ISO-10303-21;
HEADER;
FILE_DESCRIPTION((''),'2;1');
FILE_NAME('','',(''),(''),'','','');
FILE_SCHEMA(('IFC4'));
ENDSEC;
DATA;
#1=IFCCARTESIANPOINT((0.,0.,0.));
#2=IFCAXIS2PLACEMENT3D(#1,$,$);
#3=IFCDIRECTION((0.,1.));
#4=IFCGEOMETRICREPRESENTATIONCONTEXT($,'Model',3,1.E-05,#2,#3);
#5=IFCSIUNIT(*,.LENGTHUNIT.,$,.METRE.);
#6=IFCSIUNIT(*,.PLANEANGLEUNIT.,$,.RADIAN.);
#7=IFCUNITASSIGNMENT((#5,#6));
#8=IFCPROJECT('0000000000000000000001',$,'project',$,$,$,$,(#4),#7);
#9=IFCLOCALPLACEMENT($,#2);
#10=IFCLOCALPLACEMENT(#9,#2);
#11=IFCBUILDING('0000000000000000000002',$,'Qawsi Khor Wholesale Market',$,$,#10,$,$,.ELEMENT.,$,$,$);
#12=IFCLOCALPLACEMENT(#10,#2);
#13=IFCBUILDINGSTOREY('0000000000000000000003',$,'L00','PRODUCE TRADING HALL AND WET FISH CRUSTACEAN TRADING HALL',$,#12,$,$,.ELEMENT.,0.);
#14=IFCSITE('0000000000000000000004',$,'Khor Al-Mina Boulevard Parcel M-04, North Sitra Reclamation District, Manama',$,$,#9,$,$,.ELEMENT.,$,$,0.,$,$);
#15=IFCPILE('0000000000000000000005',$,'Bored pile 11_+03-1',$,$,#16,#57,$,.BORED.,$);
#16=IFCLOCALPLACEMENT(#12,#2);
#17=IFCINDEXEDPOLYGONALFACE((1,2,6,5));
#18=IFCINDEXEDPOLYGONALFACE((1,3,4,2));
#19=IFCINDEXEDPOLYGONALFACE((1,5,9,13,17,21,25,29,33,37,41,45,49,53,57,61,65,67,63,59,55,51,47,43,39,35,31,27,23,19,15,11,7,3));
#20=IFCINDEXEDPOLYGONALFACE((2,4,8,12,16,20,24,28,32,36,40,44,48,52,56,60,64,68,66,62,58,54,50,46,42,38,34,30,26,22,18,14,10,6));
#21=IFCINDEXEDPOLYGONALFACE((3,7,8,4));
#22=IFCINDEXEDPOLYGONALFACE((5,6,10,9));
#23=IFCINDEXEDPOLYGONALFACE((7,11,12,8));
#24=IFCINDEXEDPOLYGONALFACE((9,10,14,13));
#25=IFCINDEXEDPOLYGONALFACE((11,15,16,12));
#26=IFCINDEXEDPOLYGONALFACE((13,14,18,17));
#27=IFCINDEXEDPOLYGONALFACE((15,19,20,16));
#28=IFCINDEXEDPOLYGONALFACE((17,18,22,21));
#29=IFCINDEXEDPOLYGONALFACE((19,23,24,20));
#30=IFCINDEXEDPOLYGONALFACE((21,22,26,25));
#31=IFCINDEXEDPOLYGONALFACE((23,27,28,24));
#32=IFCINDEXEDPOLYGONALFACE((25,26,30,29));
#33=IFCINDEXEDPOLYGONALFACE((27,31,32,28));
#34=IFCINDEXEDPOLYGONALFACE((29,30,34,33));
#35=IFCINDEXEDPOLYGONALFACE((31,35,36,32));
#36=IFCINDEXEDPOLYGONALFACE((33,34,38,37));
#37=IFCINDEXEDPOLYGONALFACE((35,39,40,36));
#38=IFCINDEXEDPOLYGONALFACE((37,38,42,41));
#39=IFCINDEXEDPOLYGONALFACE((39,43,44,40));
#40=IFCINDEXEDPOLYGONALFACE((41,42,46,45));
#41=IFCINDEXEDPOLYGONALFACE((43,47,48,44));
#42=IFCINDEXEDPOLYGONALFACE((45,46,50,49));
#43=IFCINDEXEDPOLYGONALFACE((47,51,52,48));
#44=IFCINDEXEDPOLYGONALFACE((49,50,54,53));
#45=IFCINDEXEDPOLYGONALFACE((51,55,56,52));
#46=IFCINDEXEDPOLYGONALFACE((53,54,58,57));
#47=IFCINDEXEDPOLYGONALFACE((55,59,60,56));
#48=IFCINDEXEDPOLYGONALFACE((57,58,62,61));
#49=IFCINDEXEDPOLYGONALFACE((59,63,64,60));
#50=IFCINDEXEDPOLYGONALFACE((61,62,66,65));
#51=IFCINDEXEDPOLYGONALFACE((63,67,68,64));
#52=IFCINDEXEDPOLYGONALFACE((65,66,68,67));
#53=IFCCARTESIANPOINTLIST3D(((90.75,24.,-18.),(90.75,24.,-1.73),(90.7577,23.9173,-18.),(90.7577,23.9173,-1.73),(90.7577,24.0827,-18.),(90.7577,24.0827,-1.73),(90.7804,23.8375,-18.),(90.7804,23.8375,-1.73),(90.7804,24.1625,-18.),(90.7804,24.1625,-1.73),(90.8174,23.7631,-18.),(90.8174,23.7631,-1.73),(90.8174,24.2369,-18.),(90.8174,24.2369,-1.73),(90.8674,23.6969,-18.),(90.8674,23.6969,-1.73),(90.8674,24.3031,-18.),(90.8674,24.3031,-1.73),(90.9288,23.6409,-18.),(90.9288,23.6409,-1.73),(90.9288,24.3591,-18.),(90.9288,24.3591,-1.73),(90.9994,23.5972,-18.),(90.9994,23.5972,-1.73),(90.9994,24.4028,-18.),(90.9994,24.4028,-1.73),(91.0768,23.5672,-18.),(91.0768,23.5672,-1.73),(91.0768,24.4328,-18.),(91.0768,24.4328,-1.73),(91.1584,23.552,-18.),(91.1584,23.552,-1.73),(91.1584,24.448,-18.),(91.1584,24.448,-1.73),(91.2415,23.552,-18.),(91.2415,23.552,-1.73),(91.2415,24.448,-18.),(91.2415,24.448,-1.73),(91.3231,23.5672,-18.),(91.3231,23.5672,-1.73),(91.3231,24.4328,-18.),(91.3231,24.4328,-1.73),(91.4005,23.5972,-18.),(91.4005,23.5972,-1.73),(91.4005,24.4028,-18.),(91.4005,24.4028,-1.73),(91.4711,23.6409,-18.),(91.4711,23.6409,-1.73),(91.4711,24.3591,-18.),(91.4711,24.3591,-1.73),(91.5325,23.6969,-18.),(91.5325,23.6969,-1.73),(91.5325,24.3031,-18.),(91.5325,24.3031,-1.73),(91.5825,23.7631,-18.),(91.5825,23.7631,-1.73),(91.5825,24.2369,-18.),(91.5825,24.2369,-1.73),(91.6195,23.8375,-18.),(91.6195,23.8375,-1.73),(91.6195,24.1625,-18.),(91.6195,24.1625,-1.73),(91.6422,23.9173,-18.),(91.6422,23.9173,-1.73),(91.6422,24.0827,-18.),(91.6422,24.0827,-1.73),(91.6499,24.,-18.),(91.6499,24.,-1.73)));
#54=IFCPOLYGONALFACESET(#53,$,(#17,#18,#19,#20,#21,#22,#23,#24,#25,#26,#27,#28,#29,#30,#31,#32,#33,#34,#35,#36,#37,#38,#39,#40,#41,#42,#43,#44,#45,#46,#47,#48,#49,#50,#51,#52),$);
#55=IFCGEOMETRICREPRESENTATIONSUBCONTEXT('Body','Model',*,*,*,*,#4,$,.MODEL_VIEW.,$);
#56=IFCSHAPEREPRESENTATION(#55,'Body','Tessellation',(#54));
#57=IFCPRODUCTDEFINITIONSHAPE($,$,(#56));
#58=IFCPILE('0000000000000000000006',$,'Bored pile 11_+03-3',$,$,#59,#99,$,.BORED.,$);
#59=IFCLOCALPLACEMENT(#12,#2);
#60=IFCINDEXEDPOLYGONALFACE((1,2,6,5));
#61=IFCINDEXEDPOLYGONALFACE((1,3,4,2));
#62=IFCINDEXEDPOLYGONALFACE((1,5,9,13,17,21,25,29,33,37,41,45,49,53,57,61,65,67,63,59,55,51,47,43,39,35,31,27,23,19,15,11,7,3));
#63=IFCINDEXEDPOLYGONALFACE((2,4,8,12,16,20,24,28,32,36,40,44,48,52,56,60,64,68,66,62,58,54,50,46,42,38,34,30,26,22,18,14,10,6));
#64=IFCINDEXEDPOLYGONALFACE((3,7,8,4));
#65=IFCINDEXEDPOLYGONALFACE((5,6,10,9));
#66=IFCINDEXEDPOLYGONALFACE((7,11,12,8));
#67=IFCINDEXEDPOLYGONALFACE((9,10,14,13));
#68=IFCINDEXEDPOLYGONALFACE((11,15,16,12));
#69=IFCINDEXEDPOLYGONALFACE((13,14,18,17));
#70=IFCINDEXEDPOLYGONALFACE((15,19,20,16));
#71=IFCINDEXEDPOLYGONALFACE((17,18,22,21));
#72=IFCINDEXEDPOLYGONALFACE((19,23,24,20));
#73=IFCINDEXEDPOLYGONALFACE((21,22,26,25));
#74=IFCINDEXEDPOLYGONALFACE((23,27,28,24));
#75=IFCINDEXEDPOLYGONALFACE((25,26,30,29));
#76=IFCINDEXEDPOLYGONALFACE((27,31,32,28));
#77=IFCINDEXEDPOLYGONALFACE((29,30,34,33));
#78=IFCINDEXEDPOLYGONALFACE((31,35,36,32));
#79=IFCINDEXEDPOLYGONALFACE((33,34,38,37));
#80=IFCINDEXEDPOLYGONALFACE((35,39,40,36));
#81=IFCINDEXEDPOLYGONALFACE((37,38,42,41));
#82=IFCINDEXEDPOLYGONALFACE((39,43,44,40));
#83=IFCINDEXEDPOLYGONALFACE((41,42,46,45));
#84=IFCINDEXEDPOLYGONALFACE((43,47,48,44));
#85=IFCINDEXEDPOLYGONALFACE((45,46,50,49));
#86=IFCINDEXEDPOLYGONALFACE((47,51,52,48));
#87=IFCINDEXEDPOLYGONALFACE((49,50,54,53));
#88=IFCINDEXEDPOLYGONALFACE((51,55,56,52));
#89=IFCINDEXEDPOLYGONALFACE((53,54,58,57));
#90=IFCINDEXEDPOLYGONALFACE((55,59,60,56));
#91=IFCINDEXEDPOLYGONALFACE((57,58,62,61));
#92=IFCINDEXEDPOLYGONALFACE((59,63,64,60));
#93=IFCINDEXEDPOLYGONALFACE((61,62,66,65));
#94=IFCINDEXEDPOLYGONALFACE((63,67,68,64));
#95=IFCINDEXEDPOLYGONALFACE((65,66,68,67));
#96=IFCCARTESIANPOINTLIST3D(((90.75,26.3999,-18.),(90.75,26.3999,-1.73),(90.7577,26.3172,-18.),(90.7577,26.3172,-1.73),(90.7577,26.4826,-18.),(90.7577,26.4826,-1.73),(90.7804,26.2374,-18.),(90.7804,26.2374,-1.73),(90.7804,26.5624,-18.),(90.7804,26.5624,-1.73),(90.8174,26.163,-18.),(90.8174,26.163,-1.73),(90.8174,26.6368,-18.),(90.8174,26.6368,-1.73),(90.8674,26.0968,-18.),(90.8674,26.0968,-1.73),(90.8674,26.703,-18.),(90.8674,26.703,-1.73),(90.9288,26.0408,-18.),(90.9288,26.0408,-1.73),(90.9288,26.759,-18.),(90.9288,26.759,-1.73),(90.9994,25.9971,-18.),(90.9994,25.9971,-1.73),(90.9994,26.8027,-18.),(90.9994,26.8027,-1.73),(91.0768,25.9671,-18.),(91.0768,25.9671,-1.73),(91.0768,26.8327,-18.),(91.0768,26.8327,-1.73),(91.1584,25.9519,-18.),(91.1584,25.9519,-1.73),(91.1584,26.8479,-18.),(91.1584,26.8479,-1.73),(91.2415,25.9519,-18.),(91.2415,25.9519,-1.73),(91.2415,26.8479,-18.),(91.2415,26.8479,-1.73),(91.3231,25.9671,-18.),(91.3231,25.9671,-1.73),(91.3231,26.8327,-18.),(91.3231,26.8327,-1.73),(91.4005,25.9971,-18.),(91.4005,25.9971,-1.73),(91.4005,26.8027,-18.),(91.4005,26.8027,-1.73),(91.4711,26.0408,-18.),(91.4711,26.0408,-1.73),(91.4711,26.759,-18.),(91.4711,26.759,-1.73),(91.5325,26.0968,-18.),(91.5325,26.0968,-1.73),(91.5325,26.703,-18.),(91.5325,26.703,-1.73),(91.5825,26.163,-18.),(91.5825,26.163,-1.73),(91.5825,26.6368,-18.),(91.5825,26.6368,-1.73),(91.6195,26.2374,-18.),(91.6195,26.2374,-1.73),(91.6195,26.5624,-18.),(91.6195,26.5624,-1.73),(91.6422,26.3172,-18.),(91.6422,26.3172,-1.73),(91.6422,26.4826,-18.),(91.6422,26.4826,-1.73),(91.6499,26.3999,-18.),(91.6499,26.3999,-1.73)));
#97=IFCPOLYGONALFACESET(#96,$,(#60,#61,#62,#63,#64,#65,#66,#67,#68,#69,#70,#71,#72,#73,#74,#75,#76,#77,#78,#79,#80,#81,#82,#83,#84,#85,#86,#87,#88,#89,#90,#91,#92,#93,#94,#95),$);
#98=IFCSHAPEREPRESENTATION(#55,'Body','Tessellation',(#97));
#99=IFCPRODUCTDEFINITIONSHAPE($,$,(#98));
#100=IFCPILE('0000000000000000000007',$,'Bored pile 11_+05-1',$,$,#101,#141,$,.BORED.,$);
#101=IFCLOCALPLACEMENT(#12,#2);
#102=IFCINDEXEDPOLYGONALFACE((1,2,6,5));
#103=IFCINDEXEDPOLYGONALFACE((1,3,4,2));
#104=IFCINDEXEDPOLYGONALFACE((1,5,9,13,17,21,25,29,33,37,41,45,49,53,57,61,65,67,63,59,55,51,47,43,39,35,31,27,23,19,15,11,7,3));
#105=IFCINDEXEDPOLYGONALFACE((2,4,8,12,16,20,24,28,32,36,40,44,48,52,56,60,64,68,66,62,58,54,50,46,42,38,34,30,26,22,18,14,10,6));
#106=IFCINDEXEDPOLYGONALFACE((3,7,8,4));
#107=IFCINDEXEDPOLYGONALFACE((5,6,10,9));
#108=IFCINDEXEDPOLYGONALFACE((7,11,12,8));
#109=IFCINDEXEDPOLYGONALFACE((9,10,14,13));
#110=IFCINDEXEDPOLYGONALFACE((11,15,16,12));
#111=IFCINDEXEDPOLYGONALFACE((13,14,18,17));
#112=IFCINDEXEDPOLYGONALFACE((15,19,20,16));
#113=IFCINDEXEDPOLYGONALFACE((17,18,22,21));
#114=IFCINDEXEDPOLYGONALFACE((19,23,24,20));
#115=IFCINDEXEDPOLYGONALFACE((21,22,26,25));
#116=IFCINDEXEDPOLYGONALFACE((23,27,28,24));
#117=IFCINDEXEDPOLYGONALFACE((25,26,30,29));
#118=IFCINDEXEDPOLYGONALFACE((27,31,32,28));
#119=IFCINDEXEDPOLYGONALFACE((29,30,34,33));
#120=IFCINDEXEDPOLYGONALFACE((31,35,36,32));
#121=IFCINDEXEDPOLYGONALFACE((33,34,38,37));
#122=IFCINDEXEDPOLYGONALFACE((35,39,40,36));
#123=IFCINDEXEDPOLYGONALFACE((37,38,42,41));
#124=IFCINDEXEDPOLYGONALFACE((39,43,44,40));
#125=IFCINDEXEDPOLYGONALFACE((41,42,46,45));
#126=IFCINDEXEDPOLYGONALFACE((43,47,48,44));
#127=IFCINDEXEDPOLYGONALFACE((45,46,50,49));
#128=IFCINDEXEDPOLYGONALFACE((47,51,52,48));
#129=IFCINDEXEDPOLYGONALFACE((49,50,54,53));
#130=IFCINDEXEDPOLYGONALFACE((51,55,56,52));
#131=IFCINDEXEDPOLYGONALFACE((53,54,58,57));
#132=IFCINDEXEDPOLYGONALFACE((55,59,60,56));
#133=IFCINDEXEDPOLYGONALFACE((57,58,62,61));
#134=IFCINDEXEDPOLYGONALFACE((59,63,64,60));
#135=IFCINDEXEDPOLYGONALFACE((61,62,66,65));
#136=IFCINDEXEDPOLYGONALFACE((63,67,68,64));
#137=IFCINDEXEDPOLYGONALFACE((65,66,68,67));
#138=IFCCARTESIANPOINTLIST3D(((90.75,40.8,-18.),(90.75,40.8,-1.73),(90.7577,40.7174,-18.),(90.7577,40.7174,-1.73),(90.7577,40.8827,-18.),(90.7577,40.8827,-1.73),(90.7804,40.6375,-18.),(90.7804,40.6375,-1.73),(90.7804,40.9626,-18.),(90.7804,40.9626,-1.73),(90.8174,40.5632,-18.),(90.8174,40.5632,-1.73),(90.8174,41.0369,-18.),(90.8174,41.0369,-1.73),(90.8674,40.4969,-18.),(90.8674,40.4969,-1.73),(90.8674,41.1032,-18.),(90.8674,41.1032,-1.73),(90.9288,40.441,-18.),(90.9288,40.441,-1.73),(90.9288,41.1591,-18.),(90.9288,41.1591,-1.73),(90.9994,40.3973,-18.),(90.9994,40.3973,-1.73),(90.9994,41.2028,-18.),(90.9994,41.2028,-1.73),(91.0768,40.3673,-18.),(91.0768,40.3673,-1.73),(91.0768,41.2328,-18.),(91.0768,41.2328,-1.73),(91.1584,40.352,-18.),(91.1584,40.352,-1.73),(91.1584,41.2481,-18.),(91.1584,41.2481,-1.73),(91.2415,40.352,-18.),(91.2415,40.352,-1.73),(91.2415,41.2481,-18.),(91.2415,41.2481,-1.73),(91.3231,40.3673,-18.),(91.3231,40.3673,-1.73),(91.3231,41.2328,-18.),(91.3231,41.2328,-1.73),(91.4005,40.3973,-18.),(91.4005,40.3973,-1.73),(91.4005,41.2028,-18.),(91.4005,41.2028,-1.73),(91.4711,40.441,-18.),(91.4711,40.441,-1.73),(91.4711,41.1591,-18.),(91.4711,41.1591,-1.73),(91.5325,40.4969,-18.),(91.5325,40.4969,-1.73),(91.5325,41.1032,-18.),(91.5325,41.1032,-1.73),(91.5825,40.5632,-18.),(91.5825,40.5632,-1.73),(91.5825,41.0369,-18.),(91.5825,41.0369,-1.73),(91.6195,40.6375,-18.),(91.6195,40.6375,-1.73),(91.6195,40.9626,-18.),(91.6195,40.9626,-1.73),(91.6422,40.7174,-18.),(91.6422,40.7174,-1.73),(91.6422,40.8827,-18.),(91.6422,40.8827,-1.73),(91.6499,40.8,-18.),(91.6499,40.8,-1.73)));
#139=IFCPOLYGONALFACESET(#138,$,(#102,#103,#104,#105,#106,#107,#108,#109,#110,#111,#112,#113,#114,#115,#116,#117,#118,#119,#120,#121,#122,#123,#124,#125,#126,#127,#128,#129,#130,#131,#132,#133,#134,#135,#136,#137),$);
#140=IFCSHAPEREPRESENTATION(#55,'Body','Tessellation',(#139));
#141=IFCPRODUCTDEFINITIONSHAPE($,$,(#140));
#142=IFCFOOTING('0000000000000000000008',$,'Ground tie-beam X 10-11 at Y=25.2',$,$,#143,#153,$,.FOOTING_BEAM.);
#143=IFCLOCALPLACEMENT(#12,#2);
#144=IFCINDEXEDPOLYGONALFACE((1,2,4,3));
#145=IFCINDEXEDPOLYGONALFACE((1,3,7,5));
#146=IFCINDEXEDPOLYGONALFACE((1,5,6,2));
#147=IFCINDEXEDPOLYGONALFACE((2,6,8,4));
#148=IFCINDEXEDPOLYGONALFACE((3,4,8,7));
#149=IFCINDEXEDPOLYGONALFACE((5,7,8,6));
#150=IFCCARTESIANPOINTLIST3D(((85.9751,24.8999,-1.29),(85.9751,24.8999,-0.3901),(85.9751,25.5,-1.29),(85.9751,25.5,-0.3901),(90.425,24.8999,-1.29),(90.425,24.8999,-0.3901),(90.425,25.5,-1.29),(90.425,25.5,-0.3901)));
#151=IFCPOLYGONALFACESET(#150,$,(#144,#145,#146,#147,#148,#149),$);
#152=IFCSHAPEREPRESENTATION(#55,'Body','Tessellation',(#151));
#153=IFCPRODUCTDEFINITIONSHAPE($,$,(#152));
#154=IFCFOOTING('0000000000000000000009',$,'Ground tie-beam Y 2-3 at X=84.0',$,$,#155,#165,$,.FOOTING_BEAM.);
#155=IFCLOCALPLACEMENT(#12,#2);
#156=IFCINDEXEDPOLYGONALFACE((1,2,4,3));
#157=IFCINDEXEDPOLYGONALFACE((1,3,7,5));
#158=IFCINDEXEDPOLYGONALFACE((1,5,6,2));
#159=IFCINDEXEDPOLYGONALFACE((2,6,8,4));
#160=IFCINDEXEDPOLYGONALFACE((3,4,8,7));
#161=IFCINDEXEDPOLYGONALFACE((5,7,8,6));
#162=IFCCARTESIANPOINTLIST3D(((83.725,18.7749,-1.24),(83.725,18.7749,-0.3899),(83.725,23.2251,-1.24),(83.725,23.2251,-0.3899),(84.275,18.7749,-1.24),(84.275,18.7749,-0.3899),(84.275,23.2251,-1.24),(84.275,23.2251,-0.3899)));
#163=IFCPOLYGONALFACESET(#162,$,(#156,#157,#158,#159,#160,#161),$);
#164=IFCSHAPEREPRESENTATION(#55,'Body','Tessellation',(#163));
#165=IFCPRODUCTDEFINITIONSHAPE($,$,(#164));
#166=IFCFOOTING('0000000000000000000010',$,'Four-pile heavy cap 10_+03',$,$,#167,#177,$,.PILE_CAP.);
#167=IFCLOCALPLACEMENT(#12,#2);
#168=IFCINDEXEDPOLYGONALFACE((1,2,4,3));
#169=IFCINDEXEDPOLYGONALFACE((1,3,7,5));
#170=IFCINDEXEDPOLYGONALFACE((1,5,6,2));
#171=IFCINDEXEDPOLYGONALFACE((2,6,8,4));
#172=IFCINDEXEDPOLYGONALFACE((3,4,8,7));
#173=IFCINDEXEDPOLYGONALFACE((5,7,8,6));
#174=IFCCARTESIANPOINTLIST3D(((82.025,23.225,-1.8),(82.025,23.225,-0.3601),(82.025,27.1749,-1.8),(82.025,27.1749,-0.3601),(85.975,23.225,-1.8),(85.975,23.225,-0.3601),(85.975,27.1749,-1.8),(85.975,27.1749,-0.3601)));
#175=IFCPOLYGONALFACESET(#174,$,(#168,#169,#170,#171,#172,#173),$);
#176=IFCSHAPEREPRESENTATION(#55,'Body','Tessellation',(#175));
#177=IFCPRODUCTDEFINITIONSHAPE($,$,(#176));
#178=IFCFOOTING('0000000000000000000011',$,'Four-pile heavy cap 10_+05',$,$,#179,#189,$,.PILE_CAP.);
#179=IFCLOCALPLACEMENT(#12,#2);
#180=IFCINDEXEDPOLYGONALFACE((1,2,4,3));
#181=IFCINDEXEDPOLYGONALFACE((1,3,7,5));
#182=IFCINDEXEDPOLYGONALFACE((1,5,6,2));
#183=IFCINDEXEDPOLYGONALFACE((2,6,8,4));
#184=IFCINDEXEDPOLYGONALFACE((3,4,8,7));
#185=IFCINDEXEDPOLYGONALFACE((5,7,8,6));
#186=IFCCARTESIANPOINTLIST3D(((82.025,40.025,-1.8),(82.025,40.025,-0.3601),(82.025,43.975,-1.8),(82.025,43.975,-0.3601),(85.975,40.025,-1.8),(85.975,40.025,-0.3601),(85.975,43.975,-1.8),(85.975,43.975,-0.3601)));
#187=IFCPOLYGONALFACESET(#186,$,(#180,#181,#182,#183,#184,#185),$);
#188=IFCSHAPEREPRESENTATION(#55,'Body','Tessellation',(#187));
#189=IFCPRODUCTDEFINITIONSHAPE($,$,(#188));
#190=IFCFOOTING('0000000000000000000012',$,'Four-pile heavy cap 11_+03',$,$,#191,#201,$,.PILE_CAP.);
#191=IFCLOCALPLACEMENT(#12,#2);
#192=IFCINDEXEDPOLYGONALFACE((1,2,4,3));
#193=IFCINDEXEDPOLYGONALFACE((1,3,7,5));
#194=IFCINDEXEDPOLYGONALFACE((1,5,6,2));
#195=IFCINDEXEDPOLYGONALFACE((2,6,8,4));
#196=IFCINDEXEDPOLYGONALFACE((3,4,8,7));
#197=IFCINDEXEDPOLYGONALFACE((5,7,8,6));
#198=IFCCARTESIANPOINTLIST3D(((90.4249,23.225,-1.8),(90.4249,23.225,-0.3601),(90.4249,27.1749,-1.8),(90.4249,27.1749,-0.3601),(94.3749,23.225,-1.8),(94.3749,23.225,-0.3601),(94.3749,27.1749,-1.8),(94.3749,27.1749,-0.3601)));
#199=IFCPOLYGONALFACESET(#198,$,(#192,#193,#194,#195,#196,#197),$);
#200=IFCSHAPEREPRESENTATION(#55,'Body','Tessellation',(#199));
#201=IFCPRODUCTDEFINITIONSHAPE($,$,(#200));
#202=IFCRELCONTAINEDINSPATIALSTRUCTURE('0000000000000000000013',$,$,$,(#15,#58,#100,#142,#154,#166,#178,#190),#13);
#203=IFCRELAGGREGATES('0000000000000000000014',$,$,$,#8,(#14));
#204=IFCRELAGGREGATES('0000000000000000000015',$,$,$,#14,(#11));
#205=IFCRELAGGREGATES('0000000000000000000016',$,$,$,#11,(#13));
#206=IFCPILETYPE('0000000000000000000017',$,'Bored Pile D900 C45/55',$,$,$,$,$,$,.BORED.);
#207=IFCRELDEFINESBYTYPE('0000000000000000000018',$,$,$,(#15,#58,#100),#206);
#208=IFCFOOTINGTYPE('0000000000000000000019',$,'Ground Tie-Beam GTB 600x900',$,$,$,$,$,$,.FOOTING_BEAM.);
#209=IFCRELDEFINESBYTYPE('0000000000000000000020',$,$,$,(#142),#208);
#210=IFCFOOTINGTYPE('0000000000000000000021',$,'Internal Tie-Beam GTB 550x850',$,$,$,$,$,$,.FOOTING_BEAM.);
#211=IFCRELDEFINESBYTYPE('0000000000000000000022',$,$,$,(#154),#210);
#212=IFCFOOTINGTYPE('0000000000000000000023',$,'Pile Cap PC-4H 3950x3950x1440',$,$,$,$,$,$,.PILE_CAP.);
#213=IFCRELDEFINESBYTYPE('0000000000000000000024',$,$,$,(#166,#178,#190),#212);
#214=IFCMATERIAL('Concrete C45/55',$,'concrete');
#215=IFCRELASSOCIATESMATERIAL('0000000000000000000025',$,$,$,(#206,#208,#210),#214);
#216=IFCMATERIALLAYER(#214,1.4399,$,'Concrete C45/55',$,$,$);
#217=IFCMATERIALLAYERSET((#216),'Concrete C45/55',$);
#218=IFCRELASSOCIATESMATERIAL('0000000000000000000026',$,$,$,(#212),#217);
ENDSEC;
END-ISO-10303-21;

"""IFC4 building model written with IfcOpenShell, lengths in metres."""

from ifc_helpers import new_model, si_unit, direction, frame, origin, origin_2d, place, context, subcontext, project, spatial, rectangle, circle, extrude, material, layer, layer_set, material_profile, profile_set, type_object, element, save


model = new_model("IFC4")

# Units and contexts
model_context = context("Model", 3, precision=1e-05, world=origin(), true_north=direction((0.0, 1.0)))
body_context = subcontext(model_context, "Body", "Model", "MODEL_VIEW")
ifc_project = project(units=[si_unit("LENGTHUNIT", "METRE"), si_unit("PLANEANGLEUNIT", "RADIAN")], contexts=[model_context])

# Site, building, storey
site_placement = place(None, origin())
site = spatial("IfcSite", under=ifc_project, at=site_placement, Name="Khor Al-Mina Boulevard Parcel M-04, North Sitra Reclamation District, Manama", CompositionType="ELEMENT", RefElevation=0.0)
building_placement = place(site_placement, origin())
building = spatial("IfcBuilding", under=site, at=building_placement, Name="Qawsi Khor Wholesale Market", CompositionType="ELEMENT")
storey_placement = place(building_placement, origin())
storey = spatial("IfcBuildingStorey", under=building, at=storey_placement, Name="L00", Description="PRODUCE TRADING HALL AND WET FISH CRUSTACEAN TRADING HALL", CompositionType="ELEMENT", Elevation=0.0)

# Piles
ifc_material_1 = material(Name="Concrete C45/55", Category="concrete")
ifc_material_profile_1 = material_profile(ifc_material_1, circle(Radius=0.45, at=origin_2d()), Name="PILE D900")
ifc_profile_set_1 = profile_set([ifc_material_profile_1], Name="Concrete C45/55")
pile_type = type_object("IfcPileType", Name="Bored Pile D900 C45/55", PredefinedType="BORED", material=ifc_profile_set_1)
for number, where, z_axis, x_axis, name in (
    (1, (91.2, 24.0, -1.73), (0.0, 0.0, -1.0), (1.0, 0.0, 0.0), "Bored pile 11_+03-1"),
    (2, (91.2, 26.3999, -1.73), (0.0, 0.0, -1.0), (1.0, 0.0, 0.0), "Bored pile 11_+03-3"),
    (3, (91.2, 40.8, -1.73), (0.0, 0.0, -1.0), (1.0, 0.0, 0.0), "Bored pile 11_+05-1"),
):
    element("IfcPile", number, at=place(storey_placement, frame(where, z_axis=z_axis, x_axis=x_axis)), inside=storey, type_object=pile_type, Name=name, PredefinedType="BORED", context=body_context, shape_type="SweptSolid", body=[
        extrude(circle(Radius=0.45, at=origin_2d()), origin(), (0.0, 0.0, 1.0), 16.27),
    ])

# Footings
ifc_material_profile_2 = material_profile(ifc_material_1, rectangle(XDim=0.6001, YDim=0.8999, at=origin_2d()), Name="RC 600x900")
ifc_profile_set_2 = profile_set([ifc_material_profile_2], Name="Concrete C45/55")
footing_type_1 = type_object("IfcFootingType", Name="Ground Tie-Beam GTB 600x900", PredefinedType="FOOTING_BEAM", material=ifc_profile_set_2)
footing_1_placement = place(storey_placement, frame((85.9751, 25.2, -0.8401), z_axis=(1.0, 0.0, 0.0), x_axis=(0.0, 1.0, 0.0)))
element("IfcFooting", 4, at=footing_1_placement, inside=storey, type_object=footing_type_1, Name="Ground tie-beam X 10-11 at Y=25.2", PredefinedType="FOOTING_BEAM", context=body_context, shape_type="SweptSolid", body=[
    extrude(rectangle(XDim=0.6001, YDim=0.8999, at=origin_2d()), origin(), (0.0, 0.0, 1.0), 4.45),
])
ifc_material_profile_3 = material_profile(ifc_material_1, rectangle(XDim=0.55, YDim=0.8501, at=origin_2d()), Name="RC 550x850")
ifc_profile_set_3 = profile_set([ifc_material_profile_3], Name="Concrete C45/55")
footing_type_2 = type_object("IfcFootingType", Name="Internal Tie-Beam GTB 550x850", PredefinedType="FOOTING_BEAM", material=ifc_profile_set_3)
footing_2_placement = place(storey_placement, frame((84.0, 18.7749, -0.8149), z_axis=(0.0, 1.0, 0.0), x_axis=(-1.0, 0.0, 0.0)))
element("IfcFooting", 5, at=footing_2_placement, inside=storey, type_object=footing_type_2, Name="Ground tie-beam Y 2-3 at X=84.0", PredefinedType="FOOTING_BEAM", context=body_context, shape_type="SweptSolid", body=[
    extrude(rectangle(XDim=0.55, YDim=0.8501, at=origin_2d()), origin(), (0.0, 0.0, 1.0), 4.4502),
])
ifc_layer_1 = layer(ifc_material_1, 1.4399, Name="Concrete C45/55")
ifc_layer_set_1 = layer_set([ifc_layer_1], Name="Concrete C45/55")
footing_type_3 = type_object("IfcFootingType", Name="Pile Cap PC-4H 3950x3950x1440", PredefinedType="PILE_CAP", material=ifc_layer_set_1)
for number, where, z_axis, x_axis, name in (
    (6, (84.0, 25.2, -1.8), (0.0, 0.0, 1.0), (1.0, 0.0, 0.0), "Four-pile heavy cap 10_+03"),
    (7, (84.0, 42.0, -1.8), (0.0, 0.0, 1.0), (1.0, 0.0, 0.0), "Four-pile heavy cap 10_+05"),
    (8, (92.3999, 25.2, -1.8), (0.0, 0.0, 1.0), (1.0, 0.0, 0.0), "Four-pile heavy cap 11_+03"),
):
    element("IfcFooting", number, at=place(storey_placement, frame(where, z_axis=z_axis, x_axis=x_axis)), inside=storey, type_object=footing_type_3, Name=name, PredefinedType="PILE_CAP", context=body_context, shape_type="SweptSolid", body=[
        extrude(rectangle(XDim=3.95, YDim=3.95, at=origin_2d()), origin(), (0.0, 0.0, 1.0), 1.4399),
    ])

save(model, "model.ifc")
